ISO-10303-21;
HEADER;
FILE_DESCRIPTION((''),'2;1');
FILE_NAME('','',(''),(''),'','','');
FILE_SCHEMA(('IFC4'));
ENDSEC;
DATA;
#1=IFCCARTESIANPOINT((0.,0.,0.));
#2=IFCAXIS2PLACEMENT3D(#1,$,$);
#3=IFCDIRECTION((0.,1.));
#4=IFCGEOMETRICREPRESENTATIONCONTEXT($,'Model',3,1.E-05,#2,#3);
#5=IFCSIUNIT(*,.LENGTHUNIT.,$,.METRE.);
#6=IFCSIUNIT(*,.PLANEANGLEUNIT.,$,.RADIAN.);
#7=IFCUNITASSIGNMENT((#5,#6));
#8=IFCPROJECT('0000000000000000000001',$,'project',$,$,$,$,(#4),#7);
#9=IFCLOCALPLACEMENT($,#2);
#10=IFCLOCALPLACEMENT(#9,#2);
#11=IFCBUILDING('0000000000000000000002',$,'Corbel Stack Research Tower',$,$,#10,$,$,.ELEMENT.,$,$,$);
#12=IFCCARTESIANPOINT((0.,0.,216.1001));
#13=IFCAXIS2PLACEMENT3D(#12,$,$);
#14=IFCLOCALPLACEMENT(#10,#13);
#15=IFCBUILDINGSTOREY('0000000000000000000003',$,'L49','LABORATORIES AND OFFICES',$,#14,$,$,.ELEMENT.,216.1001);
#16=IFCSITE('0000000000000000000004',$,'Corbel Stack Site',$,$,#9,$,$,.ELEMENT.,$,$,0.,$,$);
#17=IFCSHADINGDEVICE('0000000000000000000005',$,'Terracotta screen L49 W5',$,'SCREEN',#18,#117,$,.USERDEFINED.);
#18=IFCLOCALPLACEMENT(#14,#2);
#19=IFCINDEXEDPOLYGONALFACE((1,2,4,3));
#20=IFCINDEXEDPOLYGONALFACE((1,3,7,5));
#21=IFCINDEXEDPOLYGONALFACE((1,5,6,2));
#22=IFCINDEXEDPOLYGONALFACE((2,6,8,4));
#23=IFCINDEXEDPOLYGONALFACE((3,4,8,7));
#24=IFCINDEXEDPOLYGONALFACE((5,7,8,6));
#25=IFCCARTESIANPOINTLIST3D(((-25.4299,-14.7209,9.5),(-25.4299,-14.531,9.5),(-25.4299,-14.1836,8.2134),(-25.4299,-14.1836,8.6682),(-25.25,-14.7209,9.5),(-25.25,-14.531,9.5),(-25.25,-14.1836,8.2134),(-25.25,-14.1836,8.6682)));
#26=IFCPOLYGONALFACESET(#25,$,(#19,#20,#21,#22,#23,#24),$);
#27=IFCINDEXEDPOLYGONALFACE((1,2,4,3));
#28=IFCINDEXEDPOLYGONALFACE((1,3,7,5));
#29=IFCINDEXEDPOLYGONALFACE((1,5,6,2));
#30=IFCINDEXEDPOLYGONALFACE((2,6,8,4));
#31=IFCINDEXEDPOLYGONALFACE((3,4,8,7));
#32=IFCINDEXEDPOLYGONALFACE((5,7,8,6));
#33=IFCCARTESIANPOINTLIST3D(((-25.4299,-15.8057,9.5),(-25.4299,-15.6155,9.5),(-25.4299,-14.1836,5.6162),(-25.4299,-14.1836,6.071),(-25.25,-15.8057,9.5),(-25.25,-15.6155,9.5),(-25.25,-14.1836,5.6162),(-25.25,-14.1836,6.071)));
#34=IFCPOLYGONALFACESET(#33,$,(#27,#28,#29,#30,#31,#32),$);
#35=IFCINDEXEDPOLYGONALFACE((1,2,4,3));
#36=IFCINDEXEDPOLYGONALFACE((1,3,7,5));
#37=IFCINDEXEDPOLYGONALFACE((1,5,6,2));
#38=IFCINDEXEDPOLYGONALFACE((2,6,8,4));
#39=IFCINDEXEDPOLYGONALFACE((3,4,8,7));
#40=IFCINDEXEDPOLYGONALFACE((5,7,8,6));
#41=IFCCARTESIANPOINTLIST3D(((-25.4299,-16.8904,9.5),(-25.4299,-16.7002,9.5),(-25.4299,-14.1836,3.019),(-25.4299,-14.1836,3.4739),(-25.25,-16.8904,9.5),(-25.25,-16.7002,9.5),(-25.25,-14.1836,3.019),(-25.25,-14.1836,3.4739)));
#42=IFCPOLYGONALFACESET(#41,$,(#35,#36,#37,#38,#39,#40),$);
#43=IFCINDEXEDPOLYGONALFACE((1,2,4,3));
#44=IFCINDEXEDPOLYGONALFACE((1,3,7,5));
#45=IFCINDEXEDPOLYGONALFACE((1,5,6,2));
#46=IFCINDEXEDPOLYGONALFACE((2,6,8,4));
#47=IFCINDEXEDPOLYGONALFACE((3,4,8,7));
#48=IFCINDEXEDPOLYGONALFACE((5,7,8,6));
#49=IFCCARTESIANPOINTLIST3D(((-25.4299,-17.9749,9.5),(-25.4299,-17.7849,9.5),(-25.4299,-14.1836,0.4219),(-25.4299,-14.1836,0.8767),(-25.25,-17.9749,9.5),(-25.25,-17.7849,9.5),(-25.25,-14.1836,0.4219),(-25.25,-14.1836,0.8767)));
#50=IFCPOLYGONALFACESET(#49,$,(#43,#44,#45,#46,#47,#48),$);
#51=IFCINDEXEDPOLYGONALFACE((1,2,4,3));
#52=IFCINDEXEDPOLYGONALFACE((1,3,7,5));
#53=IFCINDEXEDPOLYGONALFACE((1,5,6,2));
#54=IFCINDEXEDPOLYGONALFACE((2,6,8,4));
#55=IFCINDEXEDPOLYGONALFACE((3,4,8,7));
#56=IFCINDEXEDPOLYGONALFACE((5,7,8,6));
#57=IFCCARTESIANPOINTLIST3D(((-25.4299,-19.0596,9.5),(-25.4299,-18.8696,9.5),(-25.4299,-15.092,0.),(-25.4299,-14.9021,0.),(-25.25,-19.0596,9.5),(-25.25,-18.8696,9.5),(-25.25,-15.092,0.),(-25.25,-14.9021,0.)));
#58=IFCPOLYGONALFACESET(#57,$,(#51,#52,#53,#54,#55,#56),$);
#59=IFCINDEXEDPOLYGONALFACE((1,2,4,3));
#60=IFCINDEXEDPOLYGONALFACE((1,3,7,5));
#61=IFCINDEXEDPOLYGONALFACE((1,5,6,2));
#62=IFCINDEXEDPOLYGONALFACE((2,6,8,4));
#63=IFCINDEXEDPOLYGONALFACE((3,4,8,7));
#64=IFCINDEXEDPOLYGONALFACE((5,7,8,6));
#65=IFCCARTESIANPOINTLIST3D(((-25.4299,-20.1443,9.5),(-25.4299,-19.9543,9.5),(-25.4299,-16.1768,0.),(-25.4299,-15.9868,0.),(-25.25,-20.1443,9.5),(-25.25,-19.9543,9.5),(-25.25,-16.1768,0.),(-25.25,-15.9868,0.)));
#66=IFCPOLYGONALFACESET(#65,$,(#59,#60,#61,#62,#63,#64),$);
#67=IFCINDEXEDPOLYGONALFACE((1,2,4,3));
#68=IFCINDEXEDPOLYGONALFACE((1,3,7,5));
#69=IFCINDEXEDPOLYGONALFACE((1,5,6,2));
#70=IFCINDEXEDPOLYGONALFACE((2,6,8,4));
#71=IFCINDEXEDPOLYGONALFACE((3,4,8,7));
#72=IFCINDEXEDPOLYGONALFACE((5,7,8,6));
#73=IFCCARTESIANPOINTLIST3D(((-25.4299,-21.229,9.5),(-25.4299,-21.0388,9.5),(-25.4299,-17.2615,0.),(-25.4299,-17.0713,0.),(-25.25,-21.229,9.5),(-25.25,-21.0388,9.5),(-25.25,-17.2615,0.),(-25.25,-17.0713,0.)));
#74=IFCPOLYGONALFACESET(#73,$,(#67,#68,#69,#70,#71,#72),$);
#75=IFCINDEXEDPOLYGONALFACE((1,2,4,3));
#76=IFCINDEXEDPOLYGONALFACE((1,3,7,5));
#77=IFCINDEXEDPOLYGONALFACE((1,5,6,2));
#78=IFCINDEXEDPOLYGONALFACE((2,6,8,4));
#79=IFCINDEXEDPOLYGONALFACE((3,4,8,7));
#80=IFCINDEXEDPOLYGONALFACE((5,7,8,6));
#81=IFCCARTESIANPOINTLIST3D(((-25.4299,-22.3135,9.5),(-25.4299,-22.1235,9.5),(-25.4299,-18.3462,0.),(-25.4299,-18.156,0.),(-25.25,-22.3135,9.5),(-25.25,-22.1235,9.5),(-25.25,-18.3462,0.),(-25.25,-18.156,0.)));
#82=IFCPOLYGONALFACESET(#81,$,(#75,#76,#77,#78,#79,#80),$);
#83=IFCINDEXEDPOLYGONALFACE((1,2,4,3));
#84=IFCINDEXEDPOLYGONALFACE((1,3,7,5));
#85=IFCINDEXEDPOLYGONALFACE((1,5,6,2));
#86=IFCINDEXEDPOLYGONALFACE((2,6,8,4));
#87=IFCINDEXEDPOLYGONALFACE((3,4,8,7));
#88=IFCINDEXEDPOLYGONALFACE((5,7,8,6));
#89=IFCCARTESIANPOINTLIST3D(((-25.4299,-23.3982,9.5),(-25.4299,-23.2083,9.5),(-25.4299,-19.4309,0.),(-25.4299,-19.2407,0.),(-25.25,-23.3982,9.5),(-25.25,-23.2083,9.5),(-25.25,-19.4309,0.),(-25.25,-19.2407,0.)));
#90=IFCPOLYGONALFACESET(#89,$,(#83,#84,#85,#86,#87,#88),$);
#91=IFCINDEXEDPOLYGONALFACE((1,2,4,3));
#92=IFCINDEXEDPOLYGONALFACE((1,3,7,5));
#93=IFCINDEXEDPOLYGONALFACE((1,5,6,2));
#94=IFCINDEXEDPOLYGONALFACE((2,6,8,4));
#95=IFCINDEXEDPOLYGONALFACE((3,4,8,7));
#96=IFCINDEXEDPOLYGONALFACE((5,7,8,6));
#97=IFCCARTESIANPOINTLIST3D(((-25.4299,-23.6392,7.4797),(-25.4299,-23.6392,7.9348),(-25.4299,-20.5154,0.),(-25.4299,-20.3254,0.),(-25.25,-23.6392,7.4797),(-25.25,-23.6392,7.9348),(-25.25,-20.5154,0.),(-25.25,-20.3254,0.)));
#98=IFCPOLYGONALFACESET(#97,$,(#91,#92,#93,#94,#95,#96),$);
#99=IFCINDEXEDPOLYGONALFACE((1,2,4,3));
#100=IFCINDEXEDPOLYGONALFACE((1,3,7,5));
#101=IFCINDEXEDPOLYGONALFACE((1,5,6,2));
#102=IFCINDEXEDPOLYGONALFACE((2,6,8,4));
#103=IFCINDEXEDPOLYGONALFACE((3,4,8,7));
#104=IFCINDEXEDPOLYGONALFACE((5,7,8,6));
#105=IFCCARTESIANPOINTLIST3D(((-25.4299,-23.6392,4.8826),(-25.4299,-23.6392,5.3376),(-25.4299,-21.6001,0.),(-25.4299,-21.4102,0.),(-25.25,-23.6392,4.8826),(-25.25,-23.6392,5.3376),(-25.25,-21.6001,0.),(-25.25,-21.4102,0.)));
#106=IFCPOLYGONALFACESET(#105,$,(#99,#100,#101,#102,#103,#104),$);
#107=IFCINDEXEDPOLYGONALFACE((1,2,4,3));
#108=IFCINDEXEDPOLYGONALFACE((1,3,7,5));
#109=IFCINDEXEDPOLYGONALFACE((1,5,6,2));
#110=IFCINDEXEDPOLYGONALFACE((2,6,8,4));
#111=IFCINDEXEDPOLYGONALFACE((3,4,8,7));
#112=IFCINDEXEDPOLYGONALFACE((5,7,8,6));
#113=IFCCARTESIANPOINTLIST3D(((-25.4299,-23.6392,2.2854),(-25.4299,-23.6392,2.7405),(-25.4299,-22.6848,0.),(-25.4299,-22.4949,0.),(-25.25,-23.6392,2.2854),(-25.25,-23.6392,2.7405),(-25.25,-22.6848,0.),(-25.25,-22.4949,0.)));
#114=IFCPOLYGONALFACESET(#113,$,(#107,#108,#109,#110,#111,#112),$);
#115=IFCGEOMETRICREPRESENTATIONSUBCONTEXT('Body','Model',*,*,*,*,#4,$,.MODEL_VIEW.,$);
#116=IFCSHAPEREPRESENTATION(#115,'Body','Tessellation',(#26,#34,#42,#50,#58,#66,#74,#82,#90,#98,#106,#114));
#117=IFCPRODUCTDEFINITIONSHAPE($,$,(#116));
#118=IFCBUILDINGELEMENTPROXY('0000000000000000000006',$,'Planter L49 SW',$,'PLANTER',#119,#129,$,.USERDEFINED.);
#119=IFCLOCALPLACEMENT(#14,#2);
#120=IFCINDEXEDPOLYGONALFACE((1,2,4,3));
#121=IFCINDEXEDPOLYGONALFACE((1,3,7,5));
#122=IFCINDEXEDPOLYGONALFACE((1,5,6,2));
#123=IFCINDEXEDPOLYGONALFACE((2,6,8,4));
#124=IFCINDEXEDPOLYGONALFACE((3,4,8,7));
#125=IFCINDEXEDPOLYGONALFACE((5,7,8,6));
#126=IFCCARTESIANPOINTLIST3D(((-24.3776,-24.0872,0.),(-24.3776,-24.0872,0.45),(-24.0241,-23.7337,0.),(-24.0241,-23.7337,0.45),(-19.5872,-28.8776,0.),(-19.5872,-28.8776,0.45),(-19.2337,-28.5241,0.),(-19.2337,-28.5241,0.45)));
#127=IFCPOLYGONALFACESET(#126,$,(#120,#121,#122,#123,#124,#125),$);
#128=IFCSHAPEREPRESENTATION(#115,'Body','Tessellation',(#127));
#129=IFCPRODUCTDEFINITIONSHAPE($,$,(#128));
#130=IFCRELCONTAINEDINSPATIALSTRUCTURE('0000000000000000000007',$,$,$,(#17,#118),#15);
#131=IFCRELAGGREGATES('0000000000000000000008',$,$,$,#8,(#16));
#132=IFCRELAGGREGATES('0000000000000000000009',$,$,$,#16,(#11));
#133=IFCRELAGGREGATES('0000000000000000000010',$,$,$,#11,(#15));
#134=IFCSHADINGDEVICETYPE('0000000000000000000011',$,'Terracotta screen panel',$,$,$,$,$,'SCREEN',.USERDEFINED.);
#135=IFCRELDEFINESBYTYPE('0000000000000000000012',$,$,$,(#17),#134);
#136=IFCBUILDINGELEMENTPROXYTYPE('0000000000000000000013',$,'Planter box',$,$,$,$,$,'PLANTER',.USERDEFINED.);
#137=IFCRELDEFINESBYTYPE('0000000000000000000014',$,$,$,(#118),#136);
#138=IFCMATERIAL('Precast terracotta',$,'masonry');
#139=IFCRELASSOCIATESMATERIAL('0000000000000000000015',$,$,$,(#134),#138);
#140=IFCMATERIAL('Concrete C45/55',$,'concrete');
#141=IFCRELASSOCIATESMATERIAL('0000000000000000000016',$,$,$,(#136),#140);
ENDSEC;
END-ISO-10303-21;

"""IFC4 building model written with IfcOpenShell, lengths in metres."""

from ifc_helpers import new_model, si_unit, direction, frame, origin, origin_2d, place, context, subcontext, project, spatial, polyline, rectangle, outline, extrude, source, transform, mapped, material, type_object, element, save


model = new_model("IFC4")

# Units and contexts
model_context = context("Model", 3, precision=1e-05, world=origin(), true_north=direction((0.0, 1.0)))
body_context = subcontext(model_context, "Body", "Model", "MODEL_VIEW")
ifc_project = project(units=[si_unit("LENGTHUNIT", "METRE"), si_unit("PLANEANGLEUNIT", "RADIAN")], contexts=[model_context])

# Site, building, storey
site_placement = place(None, origin())
site = spatial("IfcSite", under=ifc_project, at=site_placement, Name="Corbel Stack Site", CompositionType="ELEMENT", RefElevation=0.0)
building_placement = place(site_placement, origin())
building = spatial("IfcBuilding", under=site, at=building_placement, Name="Corbel Stack Research Tower", CompositionType="ELEMENT")
storey_placement = place(building_placement, frame((0.0, 0.0, 216.1001)))
storey = spatial("IfcBuildingStorey", under=building, at=storey_placement, Name="L49", Description="LABORATORIES AND OFFICES", CompositionType="ELEMENT", Elevation=216.1001)

# Shading device
ifc_material_1 = material(Name="Precast terracotta", Category="masonry")
shading_device_type = type_object("IfcShadingDeviceType", Name="Terracotta screen panel", ElementType="SCREEN", PredefinedType="USERDEFINED", material=ifc_material_1)
shared_shape_1 = source(origin(), body_context, "Body", "SweptSolid", [
    extrude(outline(polyline([(0.5374, 9.5), (0.3474, 9.5), (0.0, 8.6682), (0.0, 8.2134), (0.5374, 9.5)])), frame((0.0, 0.0, 0.0), z_axis=(0.0, -1.0, 0.0), x_axis=(1.0, 0.0, 0.0)), (0.0, 0.0, 1.0), 0.1799),
    extrude(outline(polyline([(1.6221, 9.5), (1.4319, 9.5), (0.0, 6.071), (0.0, 5.6162), (1.6221, 9.5)])), frame((0.0, 0.0, 0.0), z_axis=(0.0, -1.0, 0.0), x_axis=(1.0, 0.0, 0.0)), (0.0, 0.0, 1.0), 0.1799),
    extrude(outline(polyline([(2.7068, 9.5), (2.5166, 9.5), (0.0, 3.4739), (0.0, 3.019), (2.7068, 9.5)])), frame((0.0, 0.0, 0.0), z_axis=(0.0, -1.0, 0.0), x_axis=(1.0, 0.0, 0.0)), (0.0, 0.0, 1.0), 0.1799),
    extrude(outline(polyline([(3.7913, 9.5), (3.6013, 9.5), (0.0, 0.8767), (0.0, 0.4219), (3.7913, 9.5)])), frame((0.0, 0.0, 0.0), z_axis=(0.0, -1.0, 0.0), x_axis=(1.0, 0.0, 0.0)), (0.0, 0.0, 1.0), 0.1799),
    extrude(outline(polyline([(0.9084, 0.0), (4.876, 9.5), (4.686, 9.5), (0.7185, 0.0), (0.9084, 0.0)])), frame((0.0, 0.0, 0.0), z_axis=(0.0, -1.0, 0.0), x_axis=(1.0, 0.0, 0.0)), (0.0, 0.0, 1.0), 0.1799),
    extrude(outline(polyline([(1.9932, 0.0), (5.9607, 9.5), (5.7708, 9.5), (1.8032, 0.0), (1.9932, 0.0)])), frame((0.0, 0.0, 0.0), z_axis=(0.0, -1.0, 0.0), x_axis=(1.0, 0.0, 0.0)), (0.0, 0.0, 1.0), 0.1799),
    extrude(outline(polyline([(3.0779, 0.0), (7.0454, 9.5), (6.8552, 9.5), (2.8877, 0.0), (3.0779, 0.0)])), frame((0.0, 0.0, 0.0), z_axis=(0.0, -1.0, 0.0), x_axis=(1.0, 0.0, 0.0)), (0.0, 0.0, 1.0), 0.1799),
    extrude(outline(polyline([(4.1626, 0.0), (8.1299, 9.5), (7.9399, 9.5), (3.9724, 0.0), (4.1626, 0.0)])), frame((0.0, 0.0, 0.0), z_axis=(0.0, -1.0, 0.0), x_axis=(1.0, 0.0, 0.0)), (0.0, 0.0, 1.0), 0.1799),
    extrude(outline(polyline([(5.2473, 0.0), (9.2146, 9.5), (9.0247, 9.5), (5.0571, 0.0), (5.2473, 0.0)])), frame((0.0, 0.0, 0.0), z_axis=(0.0, -1.0, 0.0), x_axis=(1.0, 0.0, 0.0)), (0.0, 0.0, 1.0), 0.1799),
    extrude(outline(polyline([(6.3318, 0.0), (9.4556, 7.4797), (9.4556, 7.9348), (6.1418, 0.0), (6.3318, 0.0)])), frame((0.0, 0.0, 0.0), z_axis=(0.0, -1.0, 0.0), x_axis=(1.0, 0.0, 0.0)), (0.0, 0.0, 1.0), 0.1799),
    extrude(outline(polyline([(7.4165, 0.0), (9.4556, 4.8826), (9.4556, 5.3376), (7.2266, 0.0), (7.4165, 0.0)])), frame((0.0, 0.0, 0.0), z_axis=(0.0, -1.0, 0.0), x_axis=(1.0, 0.0, 0.0)), (0.0, 0.0, 1.0), 0.1799),
    extrude(outline(polyline([(8.5012, 0.0), (9.4556, 2.2854), (9.4556, 2.7405), (8.3113, 0.0), (8.5012, 0.0)])), frame((0.0, 0.0, 0.0), z_axis=(0.0, -1.0, 0.0), x_axis=(1.0, 0.0, 0.0)), (0.0, 0.0, 1.0), 0.1799),
])
shading_device_1_placement = place(storey_placement, frame((-25.25, -14.1836, 0.0), z_axis=(0.0, 0.0, 1.0), x_axis=(0.0, -1.0, 0.0)))
element("IfcShadingDevice", 1, at=shading_device_1_placement, inside=storey, type_object=shading_device_type, Name="Terracotta screen L49 W5", ObjectType="SCREEN", PredefinedType="USERDEFINED", context=body_context, shape_type="MappedRepresentation", body=[
    mapped(shared_shape_1, transform((0.0, 0.0, 0.0))),
])

# Building element proxy
ifc_material_2 = material(Name="Concrete C45/55", Category="concrete")
building_element_proxy_type = type_object("IfcBuildingElementProxyType", Name="Planter box", ElementType="PLANTER", PredefinedType="USERDEFINED", material=ifc_material_2)
proxy_placement = place(storey_placement, frame((-21.8057, -26.3057, 0.0), z_axis=(0.0, 0.0, 1.0), x_axis=(0.707107, -0.707107, 0.0)))
element("IfcBuildingElementProxy", 2, at=proxy_placement, inside=storey, type_object=building_element_proxy_type, Name="Planter L49 SW", ObjectType="PLANTER", PredefinedType="USERDEFINED", context=body_context, shape_type="SweptSolid", body=[
    extrude(rectangle(XDim=6.7747, YDim=0.5, at=origin_2d()), origin(), (0.0, 0.0, 1.0), 0.45),
])

save(model, "model.ifc")
